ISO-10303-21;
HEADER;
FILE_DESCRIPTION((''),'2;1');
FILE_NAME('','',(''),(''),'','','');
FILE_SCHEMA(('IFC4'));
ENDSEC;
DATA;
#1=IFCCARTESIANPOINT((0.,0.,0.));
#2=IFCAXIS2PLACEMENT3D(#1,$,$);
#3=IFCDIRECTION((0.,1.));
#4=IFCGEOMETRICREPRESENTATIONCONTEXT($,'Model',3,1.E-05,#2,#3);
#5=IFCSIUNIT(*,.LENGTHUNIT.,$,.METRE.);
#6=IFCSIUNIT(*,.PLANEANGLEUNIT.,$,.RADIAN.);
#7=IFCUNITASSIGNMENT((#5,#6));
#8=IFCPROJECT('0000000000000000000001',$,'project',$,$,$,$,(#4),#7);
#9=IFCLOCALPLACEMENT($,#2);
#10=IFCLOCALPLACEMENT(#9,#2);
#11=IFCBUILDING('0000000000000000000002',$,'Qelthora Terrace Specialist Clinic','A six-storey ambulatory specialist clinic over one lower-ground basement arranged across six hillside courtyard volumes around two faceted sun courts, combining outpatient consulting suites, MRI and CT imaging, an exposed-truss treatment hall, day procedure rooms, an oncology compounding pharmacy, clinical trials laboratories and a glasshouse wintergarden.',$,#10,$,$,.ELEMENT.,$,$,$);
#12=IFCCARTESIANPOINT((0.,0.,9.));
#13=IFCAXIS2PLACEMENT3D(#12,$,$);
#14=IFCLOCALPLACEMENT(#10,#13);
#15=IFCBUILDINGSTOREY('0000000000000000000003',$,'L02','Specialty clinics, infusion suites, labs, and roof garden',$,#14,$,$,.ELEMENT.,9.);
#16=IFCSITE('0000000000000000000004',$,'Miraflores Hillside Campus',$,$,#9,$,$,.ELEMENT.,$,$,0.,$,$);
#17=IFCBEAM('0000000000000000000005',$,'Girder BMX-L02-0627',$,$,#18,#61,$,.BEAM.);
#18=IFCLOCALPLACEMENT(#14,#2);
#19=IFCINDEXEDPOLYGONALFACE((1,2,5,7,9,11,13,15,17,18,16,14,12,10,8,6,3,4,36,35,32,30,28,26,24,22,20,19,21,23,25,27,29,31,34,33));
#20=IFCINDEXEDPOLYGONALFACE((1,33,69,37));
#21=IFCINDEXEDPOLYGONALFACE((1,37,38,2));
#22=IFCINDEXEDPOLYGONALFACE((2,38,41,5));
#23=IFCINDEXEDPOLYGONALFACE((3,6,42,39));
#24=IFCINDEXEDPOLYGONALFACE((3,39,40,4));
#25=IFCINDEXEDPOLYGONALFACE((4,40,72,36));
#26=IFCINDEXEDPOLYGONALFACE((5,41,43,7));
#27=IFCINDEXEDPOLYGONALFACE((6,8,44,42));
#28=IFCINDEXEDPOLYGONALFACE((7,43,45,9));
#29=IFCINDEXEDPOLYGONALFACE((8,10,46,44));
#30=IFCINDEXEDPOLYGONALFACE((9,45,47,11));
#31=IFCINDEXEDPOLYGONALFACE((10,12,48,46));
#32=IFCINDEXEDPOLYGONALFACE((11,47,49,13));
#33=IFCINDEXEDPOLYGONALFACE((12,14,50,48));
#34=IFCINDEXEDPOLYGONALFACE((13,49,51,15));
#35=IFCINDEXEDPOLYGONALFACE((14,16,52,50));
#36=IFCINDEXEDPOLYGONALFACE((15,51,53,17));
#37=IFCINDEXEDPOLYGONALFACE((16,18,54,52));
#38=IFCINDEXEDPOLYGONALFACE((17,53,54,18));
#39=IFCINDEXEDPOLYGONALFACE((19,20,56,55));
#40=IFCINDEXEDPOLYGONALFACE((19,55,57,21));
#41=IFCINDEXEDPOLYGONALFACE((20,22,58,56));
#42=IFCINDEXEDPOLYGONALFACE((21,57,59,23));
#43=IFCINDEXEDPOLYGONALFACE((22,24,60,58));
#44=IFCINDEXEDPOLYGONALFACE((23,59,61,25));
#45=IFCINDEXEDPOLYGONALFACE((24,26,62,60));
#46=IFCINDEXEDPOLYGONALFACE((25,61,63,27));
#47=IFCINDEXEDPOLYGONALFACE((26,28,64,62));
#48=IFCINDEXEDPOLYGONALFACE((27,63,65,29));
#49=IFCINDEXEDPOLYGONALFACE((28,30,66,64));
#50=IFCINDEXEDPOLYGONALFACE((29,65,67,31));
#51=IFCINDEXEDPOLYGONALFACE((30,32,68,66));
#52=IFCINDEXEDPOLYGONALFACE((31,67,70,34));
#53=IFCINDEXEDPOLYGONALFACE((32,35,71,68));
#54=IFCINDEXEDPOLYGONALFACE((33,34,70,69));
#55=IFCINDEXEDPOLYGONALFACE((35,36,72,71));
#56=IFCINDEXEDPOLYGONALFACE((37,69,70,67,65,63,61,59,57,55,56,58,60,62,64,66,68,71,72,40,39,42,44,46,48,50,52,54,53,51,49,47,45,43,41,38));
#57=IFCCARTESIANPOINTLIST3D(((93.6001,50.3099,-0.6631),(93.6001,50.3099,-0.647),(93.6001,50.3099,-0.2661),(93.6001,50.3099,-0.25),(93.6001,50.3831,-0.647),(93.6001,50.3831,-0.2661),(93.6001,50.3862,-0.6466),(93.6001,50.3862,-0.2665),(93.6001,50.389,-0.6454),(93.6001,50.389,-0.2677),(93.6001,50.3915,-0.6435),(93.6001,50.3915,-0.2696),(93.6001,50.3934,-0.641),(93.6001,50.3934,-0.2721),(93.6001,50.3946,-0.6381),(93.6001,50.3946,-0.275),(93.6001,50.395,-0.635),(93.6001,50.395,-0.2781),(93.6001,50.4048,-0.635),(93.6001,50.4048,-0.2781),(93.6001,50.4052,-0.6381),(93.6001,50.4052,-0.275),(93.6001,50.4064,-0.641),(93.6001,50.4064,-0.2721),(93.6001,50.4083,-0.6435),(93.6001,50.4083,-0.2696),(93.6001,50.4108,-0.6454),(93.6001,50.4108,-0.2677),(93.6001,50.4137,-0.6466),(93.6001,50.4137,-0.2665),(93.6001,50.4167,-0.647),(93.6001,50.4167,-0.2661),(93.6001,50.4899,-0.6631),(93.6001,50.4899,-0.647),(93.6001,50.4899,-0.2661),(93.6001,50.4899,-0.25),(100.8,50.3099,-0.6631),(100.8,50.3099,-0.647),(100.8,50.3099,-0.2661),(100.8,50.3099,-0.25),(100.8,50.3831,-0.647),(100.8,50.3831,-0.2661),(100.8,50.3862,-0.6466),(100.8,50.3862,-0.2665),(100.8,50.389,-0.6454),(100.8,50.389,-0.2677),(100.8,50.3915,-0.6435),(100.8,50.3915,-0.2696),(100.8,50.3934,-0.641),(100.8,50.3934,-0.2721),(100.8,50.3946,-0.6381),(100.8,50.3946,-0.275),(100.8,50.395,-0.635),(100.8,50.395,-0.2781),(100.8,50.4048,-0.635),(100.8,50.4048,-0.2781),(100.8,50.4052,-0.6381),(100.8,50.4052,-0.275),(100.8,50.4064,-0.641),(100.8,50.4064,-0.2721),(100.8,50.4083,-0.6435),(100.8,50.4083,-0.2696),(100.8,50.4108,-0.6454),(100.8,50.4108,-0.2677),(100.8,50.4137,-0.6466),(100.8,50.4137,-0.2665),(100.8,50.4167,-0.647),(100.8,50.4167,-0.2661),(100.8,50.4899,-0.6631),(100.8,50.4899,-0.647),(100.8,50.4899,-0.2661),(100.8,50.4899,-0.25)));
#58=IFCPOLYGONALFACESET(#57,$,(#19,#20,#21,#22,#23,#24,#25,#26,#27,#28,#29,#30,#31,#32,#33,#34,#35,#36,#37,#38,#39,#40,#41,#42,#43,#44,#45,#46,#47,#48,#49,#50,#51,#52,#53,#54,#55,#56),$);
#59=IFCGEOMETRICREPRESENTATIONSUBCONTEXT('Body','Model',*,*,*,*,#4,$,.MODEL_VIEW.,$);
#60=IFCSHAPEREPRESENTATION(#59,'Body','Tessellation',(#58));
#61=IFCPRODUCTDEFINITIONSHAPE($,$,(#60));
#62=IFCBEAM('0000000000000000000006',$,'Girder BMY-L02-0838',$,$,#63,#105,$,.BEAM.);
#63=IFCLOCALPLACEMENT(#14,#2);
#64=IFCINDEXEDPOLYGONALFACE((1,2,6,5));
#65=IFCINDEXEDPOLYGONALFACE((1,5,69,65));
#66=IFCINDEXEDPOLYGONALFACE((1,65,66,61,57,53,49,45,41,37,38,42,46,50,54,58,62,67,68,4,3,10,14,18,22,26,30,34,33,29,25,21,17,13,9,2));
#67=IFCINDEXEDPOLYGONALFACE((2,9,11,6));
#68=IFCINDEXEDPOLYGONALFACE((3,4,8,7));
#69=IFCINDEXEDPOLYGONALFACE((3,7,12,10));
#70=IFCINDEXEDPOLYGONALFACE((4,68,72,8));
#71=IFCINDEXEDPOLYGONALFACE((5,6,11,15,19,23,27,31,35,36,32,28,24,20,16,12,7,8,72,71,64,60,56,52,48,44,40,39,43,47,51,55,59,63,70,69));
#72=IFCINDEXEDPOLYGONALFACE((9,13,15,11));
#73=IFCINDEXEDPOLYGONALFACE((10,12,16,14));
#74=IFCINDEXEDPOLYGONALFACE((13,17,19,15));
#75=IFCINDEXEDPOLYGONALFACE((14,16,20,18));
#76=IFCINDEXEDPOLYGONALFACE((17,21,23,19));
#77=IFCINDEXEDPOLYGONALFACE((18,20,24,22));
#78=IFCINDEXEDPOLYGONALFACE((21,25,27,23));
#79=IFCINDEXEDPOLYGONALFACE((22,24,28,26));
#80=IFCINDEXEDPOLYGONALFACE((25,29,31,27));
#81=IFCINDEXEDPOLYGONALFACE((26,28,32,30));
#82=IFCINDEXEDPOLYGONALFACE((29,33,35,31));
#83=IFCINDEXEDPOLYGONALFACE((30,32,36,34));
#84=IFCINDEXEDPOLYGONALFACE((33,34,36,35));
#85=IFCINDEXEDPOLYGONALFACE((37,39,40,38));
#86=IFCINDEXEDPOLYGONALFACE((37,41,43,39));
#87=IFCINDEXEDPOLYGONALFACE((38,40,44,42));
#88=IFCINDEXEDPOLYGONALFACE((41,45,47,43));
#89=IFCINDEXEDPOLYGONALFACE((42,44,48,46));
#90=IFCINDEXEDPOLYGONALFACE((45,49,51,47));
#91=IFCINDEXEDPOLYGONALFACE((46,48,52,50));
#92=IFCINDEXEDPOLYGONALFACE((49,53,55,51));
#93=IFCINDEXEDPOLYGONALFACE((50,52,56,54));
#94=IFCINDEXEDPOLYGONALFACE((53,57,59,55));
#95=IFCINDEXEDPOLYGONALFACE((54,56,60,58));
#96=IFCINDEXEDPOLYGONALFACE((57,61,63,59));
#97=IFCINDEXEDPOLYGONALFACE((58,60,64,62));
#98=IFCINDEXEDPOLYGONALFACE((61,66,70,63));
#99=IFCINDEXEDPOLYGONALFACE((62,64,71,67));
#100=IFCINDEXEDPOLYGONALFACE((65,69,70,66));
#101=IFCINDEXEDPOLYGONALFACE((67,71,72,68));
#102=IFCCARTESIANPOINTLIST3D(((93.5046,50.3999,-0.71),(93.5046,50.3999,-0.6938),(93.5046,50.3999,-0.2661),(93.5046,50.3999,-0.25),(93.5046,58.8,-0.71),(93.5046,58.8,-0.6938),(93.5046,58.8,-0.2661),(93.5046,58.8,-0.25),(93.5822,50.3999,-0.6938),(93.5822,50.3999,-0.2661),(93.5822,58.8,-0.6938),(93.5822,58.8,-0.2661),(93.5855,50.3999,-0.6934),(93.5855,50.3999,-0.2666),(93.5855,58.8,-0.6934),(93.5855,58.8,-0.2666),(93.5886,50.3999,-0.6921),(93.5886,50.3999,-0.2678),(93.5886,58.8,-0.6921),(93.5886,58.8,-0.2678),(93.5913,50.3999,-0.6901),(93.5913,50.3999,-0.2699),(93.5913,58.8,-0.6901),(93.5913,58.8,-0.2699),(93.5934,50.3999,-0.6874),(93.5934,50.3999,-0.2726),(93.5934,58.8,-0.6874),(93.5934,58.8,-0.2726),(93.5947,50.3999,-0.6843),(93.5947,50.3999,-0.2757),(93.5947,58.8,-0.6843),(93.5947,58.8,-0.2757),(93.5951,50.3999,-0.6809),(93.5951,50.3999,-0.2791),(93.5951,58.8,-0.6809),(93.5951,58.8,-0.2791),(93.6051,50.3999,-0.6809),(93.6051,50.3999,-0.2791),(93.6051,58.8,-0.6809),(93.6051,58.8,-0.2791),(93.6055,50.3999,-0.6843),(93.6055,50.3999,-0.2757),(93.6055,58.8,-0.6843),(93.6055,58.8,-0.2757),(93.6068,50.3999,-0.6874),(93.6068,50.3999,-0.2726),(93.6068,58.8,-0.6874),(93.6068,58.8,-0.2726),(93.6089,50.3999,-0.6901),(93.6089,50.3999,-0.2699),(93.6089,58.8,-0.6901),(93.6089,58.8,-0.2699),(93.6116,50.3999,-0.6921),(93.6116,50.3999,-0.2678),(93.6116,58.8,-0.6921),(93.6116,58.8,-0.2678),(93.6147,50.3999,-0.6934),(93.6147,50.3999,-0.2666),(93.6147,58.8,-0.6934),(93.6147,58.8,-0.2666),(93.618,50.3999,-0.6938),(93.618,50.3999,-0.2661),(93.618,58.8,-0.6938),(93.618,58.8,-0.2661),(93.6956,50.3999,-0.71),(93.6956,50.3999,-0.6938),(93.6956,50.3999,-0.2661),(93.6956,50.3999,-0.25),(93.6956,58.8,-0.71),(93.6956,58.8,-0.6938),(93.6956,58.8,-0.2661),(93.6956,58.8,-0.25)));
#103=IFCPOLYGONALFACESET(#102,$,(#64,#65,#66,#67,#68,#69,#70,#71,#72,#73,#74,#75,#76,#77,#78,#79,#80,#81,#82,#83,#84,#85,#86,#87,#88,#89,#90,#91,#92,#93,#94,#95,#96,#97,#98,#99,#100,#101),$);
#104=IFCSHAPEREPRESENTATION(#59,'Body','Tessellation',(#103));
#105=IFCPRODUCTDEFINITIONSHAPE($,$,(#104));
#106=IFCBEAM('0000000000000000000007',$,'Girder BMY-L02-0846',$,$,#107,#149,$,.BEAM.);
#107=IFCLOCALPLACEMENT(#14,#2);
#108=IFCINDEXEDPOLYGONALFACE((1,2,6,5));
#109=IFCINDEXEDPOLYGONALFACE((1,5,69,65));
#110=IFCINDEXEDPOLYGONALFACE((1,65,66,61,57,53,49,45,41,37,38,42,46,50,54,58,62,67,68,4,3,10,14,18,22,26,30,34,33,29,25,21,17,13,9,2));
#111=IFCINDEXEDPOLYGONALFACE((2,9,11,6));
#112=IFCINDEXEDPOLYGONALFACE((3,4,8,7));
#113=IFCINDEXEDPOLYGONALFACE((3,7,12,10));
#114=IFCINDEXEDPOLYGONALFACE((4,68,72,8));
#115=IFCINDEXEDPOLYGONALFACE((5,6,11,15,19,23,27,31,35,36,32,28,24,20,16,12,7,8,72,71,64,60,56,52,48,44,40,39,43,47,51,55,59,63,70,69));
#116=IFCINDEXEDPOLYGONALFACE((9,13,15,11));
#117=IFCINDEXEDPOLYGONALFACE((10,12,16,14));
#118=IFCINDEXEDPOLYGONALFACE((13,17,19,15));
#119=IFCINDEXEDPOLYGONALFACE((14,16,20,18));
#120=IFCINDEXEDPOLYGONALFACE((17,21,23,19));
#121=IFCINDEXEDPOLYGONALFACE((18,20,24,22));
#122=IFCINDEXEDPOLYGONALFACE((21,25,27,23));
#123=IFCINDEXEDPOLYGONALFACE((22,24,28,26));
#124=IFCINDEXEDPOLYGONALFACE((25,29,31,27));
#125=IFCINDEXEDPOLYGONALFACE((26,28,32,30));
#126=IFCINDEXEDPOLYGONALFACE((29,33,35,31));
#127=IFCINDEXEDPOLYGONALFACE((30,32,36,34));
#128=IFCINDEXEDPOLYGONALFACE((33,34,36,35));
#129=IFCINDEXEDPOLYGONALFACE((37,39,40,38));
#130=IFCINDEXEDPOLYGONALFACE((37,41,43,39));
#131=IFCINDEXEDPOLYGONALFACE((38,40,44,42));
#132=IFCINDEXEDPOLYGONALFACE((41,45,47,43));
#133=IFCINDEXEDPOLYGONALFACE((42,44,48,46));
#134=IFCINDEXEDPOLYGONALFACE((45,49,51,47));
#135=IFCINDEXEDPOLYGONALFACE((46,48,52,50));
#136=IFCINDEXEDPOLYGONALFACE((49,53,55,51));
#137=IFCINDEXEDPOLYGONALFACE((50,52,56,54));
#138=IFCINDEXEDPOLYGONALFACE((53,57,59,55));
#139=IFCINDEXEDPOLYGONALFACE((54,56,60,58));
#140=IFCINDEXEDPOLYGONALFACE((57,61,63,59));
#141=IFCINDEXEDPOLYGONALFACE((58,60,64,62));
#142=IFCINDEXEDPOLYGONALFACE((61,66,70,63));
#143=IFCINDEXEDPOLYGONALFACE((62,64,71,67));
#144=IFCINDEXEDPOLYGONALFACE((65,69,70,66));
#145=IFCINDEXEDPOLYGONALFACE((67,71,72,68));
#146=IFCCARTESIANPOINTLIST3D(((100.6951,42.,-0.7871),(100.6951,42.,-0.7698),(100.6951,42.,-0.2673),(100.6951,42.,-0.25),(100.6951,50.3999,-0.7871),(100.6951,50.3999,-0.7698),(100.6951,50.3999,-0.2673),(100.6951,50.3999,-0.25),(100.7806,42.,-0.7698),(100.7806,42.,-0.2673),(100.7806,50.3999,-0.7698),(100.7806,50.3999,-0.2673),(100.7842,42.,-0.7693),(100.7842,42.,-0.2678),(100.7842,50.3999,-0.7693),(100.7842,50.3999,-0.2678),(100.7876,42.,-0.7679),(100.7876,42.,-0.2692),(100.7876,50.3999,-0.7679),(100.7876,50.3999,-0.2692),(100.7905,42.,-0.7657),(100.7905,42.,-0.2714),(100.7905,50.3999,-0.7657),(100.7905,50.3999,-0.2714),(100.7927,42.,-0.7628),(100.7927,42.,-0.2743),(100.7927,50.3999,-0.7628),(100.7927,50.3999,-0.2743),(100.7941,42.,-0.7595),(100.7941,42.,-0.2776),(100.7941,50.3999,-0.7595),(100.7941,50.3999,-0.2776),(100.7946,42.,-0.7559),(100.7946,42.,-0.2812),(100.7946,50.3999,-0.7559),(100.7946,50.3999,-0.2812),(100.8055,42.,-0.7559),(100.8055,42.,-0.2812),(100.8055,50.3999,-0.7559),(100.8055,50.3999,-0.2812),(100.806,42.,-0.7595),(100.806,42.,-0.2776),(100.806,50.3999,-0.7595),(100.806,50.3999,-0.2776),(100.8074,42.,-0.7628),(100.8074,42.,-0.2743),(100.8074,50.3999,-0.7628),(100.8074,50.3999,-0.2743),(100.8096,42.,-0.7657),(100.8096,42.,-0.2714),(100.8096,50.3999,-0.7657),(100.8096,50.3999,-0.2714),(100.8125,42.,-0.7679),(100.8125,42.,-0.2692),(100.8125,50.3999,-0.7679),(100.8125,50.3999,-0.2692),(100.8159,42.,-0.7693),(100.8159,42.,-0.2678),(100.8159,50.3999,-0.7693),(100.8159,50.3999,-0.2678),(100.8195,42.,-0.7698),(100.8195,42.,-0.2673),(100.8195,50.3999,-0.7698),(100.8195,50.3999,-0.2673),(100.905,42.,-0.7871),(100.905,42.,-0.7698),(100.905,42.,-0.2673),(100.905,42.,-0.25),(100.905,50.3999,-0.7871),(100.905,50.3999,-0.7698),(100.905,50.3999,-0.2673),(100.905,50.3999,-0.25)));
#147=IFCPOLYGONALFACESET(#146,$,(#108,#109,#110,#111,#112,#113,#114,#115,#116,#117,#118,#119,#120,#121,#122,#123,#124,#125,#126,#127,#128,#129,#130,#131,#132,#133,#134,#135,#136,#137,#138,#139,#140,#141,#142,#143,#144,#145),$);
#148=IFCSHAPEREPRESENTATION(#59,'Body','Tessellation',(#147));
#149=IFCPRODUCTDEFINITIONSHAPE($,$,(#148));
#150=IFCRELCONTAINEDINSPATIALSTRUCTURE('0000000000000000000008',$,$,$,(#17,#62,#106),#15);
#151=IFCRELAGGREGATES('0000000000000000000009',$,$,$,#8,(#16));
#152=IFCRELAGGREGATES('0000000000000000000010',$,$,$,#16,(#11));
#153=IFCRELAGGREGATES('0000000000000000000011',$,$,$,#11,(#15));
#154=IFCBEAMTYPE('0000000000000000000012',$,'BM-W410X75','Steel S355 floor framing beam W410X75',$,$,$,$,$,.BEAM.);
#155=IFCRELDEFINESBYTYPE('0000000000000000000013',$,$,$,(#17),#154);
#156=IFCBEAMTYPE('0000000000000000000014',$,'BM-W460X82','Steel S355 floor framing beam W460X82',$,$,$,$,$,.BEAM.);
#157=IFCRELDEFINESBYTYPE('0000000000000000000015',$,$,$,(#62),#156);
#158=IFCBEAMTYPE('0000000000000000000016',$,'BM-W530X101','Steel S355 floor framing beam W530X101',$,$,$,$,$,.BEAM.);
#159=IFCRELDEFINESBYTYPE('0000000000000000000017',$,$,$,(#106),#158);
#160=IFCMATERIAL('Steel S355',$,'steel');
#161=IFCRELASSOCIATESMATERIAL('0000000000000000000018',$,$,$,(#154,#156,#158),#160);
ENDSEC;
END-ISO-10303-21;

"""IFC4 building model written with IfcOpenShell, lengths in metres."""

from ifc_helpers import new_model, si_unit, direction, frame, origin, origin_2d, place, context, subcontext, project, spatial, i_section, extrude, material, material_profile, profile_set, type_object, element, save


model = new_model("IFC4")

# Units and contexts
model_context = context("Model", 3, precision=1e-05, world=origin(), true_north=direction((0.0, 1.0)))
body_context = subcontext(model_context, "Body", "Model", "MODEL_VIEW")
ifc_project = project(units=[si_unit("LENGTHUNIT", "METRE"), si_unit("PLANEANGLEUNIT", "RADIAN")], contexts=[model_context])

# Site, building, storey
site_placement = place(None, origin())
site = spatial("IfcSite", under=ifc_project, at=site_placement, Name="Miraflores Hillside Campus", CompositionType="ELEMENT", RefElevation=0.0)
building_placement = place(site_placement, origin())
building = spatial("IfcBuilding", under=site, at=building_placement, Name="Qelthora Terrace Specialist Clinic", Description="A six-storey ambulatory specialist clinic over one lower-ground basement arranged across six hillside courtyard volumes around two faceted sun courts, combining outpatient consulting suites, MRI and CT imaging, an exposed-truss treatment hall, day procedure rooms, an oncology compounding pharmacy, clinical trials laboratories and a glasshouse wintergarden.", CompositionType="ELEMENT")
storey_placement = place(building_placement, frame((0.0, 0.0, 9.0)))
storey = spatial("IfcBuildingStorey", under=building, at=storey_placement, Name="L02", Description="Specialty clinics, infusion suites, labs, and roof garden", CompositionType="ELEMENT", Elevation=9.0)

# Shared definitions
ifc_material_1 = material(Name="Steel S355", Category="steel")

# Beams
ifc_material_profile_1 = material_profile(ifc_material_1, i_section(OverallWidth=0.1799, OverallDepth=0.4131, WebThickness=0.0098, FlangeThickness=0.0161, FilletRadius=0.012, at=origin_2d()), Name="W410X75")
ifc_profile_set_1 = profile_set([ifc_material_profile_1], Name="Steel S355")
beam_type_1 = type_object("IfcBeamType", Name="BM-W410X75", Description="Steel S355 floor framing beam W410X75", PredefinedType="BEAM", material=ifc_profile_set_1)
for number, where, z_axis, x_axis, name in (
    (1, (93.6001, 50.3999, -0.4565), (1.0, 0.0, 0.0), (0.0, 1.0, 0.0), "Girder BMX-L02-0627"),
):
    element("IfcBeam", number, at=place(storey_placement, frame(where, z_axis=z_axis, x_axis=x_axis)), inside=storey, type_object=beam_type_1, Name=name, PredefinedType="BEAM", context=body_context, shape_type="SweptSolid", body=[
        extrude(i_section(OverallWidth=0.1799, OverallDepth=0.4131, WebThickness=0.0098, FlangeThickness=0.0161, FilletRadius=0.012, at=origin_2d()), origin(), (0.0, 0.0, 1.0), 7.2),
    ])
ifc_material_profile_2 = material_profile(ifc_material_1, i_section(OverallWidth=0.1909, OverallDepth=0.46, WebThickness=0.01, FlangeThickness=0.0161, FilletRadius=0.0129, at=origin_2d()), Name="W460X82")
ifc_profile_set_2 = profile_set([ifc_material_profile_2], Name="Steel S355")
beam_type_2 = type_object("IfcBeamType", Name="BM-W460X82", Description="Steel S355 floor framing beam W460X82", PredefinedType="BEAM", material=ifc_profile_set_2)
beam_1_placement = place(storey_placement, frame((93.6001, 50.3999, -0.48), z_axis=(0.0, 1.0, 0.0), x_axis=(-1.0, 0.0, 0.0)))
element("IfcBeam", 2, at=beam_1_placement, inside=storey, type_object=beam_type_2, Name="Girder BMY-L02-0838", PredefinedType="BEAM", context=body_context, shape_type="SweptSolid", body=[
    extrude(i_section(OverallWidth=0.1909, OverallDepth=0.46, WebThickness=0.01, FlangeThickness=0.0161, FilletRadius=0.0129, at=origin_2d()), origin(), (0.0, 0.0, 1.0), 8.4001),
])
ifc_material_profile_3 = material_profile(ifc_material_1, i_section(OverallWidth=0.21, OverallDepth=0.5371, WebThickness=0.011, FlangeThickness=0.0173, FilletRadius=0.0139, at=origin_2d()), Name="W530X101")
ifc_profile_set_3 = profile_set([ifc_material_profile_3], Name="Steel S355")
beam_type_3 = type_object("IfcBeamType", Name="BM-W530X101", Description="Steel S355 floor framing beam W530X101", PredefinedType="BEAM", material=ifc_profile_set_3)
beam_2_placement = place(storey_placement, frame((100.8, 42.0, -0.5186), z_axis=(0.0, 1.0, 0.0), x_axis=(-1.0, 0.0, 0.0)))
element("IfcBeam", 3, at=beam_2_placement, inside=storey, type_object=beam_type_3, Name="Girder BMY-L02-0846", PredefinedType="BEAM", context=body_context, shape_type="SweptSolid", body=[
    extrude(i_section(OverallWidth=0.21, OverallDepth=0.5371, WebThickness=0.011, FlangeThickness=0.0173, FilletRadius=0.0139, at=origin_2d()), origin(), (0.0, 0.0, 1.0), 8.3999),
])

save(model, "model.ifc")
